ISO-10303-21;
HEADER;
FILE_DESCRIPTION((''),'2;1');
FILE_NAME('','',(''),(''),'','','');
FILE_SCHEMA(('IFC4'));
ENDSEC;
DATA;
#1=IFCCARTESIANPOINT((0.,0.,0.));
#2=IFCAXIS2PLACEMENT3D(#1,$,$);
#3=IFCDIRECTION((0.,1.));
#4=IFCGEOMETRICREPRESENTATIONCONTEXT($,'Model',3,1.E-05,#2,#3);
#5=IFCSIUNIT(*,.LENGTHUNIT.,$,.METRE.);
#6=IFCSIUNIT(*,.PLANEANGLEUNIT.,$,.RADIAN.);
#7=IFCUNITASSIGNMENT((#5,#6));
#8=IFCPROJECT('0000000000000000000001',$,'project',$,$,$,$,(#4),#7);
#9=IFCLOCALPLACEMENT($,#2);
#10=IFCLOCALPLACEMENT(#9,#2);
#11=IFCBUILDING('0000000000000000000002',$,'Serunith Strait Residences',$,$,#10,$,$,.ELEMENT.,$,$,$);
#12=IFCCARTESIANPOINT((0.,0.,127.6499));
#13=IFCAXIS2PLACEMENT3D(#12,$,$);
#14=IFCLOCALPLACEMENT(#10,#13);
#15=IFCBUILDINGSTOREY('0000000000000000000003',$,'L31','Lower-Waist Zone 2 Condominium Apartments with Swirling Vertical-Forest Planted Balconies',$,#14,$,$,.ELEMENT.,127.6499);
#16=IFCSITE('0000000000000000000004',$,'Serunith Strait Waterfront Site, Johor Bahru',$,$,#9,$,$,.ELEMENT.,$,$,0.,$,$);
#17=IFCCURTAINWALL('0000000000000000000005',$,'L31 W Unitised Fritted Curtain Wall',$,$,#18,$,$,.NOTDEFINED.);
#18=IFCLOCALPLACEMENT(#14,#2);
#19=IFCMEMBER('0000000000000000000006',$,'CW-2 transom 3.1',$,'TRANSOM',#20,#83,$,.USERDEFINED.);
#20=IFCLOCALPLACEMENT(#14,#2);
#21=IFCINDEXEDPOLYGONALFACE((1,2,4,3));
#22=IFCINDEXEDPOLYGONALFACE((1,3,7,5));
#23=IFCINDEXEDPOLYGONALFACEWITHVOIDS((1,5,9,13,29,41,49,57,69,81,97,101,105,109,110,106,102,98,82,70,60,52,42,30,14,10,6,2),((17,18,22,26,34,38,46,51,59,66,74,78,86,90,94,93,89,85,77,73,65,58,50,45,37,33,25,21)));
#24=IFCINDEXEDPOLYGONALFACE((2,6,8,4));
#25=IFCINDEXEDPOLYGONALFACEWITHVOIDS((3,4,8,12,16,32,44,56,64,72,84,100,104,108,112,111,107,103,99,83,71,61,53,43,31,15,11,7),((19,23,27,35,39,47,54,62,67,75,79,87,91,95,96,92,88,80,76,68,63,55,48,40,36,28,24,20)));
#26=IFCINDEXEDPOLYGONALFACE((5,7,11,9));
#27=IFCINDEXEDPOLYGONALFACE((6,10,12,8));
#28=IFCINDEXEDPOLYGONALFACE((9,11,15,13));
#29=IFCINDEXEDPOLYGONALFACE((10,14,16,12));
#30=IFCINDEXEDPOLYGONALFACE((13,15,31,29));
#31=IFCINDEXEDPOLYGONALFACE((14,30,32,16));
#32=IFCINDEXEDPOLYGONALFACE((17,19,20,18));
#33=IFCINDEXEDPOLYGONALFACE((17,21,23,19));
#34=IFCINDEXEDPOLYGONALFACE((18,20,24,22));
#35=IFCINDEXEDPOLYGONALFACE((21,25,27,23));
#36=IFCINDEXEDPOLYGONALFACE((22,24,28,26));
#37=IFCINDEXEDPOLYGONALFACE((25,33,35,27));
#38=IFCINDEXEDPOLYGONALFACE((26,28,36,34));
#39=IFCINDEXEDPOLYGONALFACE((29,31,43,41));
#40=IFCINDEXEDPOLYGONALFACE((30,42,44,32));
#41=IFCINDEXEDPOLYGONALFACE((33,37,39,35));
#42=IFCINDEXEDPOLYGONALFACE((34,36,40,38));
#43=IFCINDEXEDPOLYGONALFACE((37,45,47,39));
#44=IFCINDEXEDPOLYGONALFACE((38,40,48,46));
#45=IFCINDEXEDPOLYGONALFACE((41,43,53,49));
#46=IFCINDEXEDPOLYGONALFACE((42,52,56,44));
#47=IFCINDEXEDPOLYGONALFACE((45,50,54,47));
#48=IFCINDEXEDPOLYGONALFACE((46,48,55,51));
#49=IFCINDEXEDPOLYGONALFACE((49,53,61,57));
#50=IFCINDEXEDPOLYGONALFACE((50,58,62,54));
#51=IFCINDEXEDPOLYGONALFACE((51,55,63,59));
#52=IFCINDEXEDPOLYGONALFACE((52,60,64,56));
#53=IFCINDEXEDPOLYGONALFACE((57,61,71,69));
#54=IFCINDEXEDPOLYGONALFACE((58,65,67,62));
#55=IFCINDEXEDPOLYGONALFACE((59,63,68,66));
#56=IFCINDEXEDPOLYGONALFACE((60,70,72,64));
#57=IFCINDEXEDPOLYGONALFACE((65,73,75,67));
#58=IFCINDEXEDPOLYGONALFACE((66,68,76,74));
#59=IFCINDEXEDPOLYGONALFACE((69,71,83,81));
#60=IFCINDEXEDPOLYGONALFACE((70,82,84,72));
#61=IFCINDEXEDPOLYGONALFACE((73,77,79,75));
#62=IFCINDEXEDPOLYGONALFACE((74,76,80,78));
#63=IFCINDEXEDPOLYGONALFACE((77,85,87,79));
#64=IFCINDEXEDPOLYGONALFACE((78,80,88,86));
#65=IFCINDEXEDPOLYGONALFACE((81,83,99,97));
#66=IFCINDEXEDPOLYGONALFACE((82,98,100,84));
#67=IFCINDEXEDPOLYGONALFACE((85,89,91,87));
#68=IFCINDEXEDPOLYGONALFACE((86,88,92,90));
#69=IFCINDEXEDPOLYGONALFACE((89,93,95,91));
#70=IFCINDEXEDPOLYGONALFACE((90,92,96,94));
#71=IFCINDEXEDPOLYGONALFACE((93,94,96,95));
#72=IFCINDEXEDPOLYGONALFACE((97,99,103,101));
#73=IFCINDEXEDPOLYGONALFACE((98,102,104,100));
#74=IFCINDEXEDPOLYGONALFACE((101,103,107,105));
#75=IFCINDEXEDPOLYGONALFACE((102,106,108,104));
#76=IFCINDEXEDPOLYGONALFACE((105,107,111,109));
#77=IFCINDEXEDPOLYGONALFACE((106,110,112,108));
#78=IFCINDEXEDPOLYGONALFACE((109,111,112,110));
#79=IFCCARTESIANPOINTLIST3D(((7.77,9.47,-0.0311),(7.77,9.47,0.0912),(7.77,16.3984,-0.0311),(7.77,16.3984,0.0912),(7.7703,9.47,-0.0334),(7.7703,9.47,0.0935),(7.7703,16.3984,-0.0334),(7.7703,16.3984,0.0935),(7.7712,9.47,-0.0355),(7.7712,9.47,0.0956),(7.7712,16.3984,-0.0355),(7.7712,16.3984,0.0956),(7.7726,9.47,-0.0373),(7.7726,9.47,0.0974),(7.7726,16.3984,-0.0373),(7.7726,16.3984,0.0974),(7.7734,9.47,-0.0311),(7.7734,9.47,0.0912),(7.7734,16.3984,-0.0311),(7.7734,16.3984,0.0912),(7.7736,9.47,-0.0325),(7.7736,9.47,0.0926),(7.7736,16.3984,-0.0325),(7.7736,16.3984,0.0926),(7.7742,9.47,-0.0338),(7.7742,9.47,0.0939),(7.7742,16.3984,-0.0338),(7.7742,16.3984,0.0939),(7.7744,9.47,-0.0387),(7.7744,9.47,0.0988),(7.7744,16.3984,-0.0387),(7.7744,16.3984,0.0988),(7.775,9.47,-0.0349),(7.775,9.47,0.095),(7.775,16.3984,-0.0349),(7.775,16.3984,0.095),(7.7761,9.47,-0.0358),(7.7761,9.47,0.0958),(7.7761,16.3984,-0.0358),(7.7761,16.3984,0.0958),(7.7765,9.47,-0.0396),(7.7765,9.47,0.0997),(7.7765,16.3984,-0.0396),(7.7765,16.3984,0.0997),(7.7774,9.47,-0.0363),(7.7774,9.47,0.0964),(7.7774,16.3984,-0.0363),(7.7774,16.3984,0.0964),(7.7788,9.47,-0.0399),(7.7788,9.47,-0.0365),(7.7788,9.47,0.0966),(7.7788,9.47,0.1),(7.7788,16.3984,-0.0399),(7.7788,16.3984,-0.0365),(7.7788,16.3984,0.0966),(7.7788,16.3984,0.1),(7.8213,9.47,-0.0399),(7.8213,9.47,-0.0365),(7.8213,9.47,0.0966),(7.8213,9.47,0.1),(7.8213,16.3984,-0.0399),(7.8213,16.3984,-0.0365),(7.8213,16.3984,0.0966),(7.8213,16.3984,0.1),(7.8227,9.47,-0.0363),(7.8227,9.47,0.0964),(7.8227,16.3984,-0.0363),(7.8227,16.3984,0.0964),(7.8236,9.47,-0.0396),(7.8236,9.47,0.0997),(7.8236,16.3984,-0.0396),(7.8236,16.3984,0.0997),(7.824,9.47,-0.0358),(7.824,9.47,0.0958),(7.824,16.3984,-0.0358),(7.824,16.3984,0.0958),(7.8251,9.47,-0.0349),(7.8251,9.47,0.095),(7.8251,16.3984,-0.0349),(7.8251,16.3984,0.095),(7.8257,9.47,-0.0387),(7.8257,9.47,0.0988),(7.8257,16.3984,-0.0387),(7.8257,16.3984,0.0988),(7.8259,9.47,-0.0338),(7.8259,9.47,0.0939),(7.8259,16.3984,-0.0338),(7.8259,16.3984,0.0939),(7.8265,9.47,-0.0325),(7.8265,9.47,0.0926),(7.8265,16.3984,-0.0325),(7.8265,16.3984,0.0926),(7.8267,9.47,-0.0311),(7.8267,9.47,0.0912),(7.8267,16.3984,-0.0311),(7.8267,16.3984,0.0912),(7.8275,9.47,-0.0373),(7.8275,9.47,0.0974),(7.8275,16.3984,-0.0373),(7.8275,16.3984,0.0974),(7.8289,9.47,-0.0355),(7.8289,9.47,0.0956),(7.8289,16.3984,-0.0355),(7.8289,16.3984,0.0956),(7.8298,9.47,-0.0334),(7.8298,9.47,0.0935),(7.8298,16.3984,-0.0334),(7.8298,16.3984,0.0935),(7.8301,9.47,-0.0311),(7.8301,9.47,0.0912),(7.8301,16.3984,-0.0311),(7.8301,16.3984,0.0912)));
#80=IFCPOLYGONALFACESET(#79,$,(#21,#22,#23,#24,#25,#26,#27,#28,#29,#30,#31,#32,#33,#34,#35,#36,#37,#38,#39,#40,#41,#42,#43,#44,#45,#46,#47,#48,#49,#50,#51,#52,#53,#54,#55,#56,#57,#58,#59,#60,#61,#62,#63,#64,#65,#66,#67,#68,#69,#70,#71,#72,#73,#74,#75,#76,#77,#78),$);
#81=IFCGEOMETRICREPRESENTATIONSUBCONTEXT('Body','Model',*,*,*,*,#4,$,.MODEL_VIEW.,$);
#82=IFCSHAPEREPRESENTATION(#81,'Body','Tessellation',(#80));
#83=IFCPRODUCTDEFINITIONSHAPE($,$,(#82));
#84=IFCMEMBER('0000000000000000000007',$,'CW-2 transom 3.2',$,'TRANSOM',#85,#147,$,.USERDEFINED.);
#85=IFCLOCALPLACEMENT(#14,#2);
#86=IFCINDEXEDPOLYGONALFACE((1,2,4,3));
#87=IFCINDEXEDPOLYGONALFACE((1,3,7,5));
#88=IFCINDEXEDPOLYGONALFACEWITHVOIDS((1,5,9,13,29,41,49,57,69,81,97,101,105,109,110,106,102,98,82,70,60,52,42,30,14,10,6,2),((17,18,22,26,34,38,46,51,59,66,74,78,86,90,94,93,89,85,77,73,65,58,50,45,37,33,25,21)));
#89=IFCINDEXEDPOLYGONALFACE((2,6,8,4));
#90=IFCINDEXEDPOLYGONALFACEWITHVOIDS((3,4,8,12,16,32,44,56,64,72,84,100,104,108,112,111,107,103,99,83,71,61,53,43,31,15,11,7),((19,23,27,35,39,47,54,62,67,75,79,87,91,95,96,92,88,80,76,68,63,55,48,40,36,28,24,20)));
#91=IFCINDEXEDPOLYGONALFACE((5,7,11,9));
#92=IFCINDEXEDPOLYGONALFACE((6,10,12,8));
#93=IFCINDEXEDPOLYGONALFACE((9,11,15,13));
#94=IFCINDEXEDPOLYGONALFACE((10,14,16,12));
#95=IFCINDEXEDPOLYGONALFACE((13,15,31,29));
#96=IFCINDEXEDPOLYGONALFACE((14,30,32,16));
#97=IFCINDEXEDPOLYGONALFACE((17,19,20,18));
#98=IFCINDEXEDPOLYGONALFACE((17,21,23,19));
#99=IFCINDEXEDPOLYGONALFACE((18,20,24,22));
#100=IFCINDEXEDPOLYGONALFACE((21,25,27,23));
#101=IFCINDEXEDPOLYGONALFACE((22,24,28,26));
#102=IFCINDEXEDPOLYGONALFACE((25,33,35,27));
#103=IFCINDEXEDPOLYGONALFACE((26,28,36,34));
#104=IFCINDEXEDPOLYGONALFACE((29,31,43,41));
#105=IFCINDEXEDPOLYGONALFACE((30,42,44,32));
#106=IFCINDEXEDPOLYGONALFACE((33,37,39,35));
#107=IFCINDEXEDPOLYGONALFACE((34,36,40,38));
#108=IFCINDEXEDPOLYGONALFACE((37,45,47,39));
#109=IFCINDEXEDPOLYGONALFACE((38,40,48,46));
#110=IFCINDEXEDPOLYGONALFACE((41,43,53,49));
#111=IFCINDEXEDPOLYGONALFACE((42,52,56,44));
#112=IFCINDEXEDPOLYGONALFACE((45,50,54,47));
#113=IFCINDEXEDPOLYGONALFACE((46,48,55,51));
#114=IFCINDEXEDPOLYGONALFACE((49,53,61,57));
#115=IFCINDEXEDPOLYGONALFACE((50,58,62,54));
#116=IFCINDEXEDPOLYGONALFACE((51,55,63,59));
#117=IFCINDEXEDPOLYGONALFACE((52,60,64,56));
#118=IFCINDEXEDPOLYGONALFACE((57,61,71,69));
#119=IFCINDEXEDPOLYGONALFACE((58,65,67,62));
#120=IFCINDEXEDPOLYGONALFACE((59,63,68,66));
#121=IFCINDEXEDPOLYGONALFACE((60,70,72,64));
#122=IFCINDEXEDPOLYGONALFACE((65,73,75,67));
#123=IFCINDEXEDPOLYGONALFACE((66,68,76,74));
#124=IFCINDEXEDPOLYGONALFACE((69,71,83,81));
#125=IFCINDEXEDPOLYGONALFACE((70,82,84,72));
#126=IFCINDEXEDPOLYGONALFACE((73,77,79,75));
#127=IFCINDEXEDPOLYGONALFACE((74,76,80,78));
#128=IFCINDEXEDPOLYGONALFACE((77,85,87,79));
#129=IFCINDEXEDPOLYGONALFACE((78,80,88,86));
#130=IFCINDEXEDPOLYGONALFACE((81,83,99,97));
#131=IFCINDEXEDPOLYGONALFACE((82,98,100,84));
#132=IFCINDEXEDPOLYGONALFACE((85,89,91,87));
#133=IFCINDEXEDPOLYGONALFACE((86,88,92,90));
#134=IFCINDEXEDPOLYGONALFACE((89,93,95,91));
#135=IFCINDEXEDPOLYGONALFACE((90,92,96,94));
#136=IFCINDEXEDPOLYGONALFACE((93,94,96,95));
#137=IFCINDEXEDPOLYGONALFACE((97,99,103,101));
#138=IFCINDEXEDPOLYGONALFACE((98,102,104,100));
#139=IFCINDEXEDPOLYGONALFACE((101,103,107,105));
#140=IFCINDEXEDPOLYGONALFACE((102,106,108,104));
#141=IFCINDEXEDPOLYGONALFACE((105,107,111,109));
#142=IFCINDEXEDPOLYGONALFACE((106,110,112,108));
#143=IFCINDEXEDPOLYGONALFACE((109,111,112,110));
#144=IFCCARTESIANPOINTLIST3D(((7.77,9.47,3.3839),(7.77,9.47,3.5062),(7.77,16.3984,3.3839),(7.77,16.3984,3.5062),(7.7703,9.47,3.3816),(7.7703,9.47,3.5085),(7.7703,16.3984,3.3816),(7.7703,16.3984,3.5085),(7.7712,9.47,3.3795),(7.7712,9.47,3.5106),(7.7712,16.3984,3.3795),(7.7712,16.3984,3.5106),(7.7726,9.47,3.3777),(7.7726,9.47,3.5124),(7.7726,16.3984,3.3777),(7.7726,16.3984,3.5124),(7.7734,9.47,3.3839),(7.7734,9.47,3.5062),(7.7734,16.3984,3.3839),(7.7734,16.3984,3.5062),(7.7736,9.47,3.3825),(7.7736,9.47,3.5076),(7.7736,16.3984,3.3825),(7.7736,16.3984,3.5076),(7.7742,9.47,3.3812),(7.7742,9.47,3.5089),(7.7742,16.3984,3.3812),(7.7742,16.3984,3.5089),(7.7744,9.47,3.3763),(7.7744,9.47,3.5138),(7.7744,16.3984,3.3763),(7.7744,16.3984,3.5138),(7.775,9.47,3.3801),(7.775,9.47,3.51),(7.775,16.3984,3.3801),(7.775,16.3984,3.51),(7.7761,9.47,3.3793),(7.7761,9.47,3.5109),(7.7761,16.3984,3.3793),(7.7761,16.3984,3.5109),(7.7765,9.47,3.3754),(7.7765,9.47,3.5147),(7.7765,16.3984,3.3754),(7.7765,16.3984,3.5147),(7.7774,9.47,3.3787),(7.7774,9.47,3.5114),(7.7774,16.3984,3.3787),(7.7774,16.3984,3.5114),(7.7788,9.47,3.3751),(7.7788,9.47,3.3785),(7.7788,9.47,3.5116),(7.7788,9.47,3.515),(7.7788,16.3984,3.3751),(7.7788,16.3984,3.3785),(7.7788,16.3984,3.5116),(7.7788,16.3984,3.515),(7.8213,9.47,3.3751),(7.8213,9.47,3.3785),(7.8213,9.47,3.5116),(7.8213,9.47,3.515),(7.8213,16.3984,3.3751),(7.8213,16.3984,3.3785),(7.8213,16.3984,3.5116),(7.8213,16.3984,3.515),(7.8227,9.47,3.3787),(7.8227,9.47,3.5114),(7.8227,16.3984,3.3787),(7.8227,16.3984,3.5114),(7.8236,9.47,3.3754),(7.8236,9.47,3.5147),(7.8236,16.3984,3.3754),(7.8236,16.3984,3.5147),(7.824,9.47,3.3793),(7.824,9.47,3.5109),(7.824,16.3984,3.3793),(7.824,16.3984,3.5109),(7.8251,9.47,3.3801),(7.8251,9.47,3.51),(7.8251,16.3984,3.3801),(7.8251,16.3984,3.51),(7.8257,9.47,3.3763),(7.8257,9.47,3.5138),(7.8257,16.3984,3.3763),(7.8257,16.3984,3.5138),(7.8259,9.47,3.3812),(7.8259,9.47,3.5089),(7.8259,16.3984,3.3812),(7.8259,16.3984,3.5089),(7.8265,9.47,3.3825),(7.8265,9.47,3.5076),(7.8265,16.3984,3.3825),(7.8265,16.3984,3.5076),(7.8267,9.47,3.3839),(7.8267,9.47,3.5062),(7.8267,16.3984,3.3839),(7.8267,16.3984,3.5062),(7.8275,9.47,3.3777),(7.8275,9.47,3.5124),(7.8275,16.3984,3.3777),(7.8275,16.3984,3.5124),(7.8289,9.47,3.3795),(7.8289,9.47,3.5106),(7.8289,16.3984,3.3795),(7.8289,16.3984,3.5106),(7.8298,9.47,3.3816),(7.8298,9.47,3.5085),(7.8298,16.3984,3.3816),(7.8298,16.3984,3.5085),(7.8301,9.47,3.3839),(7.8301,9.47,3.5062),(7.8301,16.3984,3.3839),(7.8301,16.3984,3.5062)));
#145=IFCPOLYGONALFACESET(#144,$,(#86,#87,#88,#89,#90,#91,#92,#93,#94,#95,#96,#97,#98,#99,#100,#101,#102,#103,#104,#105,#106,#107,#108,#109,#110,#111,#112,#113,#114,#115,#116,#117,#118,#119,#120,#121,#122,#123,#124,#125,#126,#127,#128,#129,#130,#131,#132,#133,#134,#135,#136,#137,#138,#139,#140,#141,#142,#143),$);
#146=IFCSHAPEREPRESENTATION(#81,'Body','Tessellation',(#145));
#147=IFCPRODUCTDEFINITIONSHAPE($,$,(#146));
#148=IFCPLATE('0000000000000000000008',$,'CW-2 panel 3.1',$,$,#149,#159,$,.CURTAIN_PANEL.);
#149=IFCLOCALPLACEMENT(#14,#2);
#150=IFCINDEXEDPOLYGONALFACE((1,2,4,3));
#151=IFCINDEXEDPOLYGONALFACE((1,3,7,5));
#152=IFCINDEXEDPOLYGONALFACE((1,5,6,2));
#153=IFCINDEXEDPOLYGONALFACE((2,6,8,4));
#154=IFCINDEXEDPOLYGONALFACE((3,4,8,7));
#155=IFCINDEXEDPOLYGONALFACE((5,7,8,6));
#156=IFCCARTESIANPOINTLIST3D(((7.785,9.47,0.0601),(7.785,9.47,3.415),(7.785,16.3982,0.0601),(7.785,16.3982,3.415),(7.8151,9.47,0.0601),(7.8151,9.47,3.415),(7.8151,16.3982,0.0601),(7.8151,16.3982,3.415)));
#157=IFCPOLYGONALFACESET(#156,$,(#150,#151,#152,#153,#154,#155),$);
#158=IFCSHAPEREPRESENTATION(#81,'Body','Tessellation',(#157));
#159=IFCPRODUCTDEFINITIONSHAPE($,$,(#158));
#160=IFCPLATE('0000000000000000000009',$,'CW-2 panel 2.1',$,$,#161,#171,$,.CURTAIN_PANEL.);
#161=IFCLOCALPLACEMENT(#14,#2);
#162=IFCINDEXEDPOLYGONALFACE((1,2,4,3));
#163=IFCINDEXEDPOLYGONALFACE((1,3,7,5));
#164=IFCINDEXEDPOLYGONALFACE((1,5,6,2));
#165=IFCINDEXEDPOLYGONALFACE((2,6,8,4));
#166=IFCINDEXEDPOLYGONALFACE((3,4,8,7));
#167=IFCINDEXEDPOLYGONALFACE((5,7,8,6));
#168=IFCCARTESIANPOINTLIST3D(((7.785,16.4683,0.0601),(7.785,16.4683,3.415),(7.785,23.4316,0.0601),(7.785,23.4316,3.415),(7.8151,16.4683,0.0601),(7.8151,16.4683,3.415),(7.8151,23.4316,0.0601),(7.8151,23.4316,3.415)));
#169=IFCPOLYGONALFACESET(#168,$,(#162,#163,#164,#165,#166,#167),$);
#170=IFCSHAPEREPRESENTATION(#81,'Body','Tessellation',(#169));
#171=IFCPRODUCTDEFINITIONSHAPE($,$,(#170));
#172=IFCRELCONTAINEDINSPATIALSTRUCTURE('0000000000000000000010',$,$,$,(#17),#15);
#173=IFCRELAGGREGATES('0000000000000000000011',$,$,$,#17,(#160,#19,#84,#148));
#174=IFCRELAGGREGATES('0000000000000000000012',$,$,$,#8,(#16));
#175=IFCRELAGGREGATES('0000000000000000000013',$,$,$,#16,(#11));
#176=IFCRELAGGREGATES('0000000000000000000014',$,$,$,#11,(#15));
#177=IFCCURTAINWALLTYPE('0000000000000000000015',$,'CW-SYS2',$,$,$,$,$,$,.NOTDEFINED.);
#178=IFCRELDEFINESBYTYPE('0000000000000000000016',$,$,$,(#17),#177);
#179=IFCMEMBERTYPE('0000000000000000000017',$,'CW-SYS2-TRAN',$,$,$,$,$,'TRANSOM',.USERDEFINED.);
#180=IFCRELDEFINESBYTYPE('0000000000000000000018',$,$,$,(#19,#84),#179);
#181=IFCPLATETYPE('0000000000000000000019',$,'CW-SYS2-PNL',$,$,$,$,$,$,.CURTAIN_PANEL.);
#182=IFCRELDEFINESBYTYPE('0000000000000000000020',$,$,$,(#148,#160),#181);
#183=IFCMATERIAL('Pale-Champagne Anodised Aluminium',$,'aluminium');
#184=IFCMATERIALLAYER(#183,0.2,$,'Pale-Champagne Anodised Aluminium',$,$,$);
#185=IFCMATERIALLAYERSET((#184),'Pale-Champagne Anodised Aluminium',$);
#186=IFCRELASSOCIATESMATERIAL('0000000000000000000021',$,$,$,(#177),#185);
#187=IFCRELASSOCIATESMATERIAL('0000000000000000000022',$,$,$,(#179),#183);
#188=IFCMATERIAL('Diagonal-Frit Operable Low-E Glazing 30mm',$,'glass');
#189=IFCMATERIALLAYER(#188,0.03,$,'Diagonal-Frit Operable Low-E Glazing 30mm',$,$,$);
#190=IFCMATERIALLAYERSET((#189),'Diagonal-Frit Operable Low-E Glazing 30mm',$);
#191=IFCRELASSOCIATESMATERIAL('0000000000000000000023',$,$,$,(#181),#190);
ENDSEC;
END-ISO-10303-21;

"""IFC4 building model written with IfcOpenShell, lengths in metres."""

from ifc_helpers import new_model, si_unit, direction, frame, origin, origin_2d, place, context, subcontext, project, spatial, rectangle, hollow_rectangle, extrude, source, transform, mapped, material, layer, layer_set, material_profile, profile_set, type_object, element, aggregate, save


model = new_model("IFC4")

# Units and contexts
model_context = context("Model", 3, precision=1e-05, world=origin(), true_north=direction((0.0, 1.0)))
body_context = subcontext(model_context, "Body", "Model", "MODEL_VIEW")
ifc_project = project(units=[si_unit("LENGTHUNIT", "METRE"), si_unit("PLANEANGLEUNIT", "RADIAN")], contexts=[model_context])

# Site, building, storey
site_placement = place(None, origin())
site = spatial("IfcSite", under=ifc_project, at=site_placement, Name="Serunith Strait Waterfront Site, Johor Bahru", CompositionType="ELEMENT", RefElevation=0.0)
building_placement = place(site_placement, origin())
building = spatial("IfcBuilding", under=site, at=building_placement, Name="Serunith Strait Residences", CompositionType="ELEMENT")
storey_placement = place(building_placement, frame((0.0, 0.0, 127.6499)))
storey = spatial("IfcBuildingStorey", under=building, at=storey_placement, Name="L31", Description="Lower-Waist Zone 2 Condominium Apartments with Swirling Vertical-Forest Planted Balconies", CompositionType="ELEMENT", Elevation=127.6499)

# Curtain wall, members, plates
ifc_material_1 = material(Name="Pale-Champagne Anodised Aluminium", Category="aluminium")
ifc_layer_1 = layer(ifc_material_1, 0.2, Name="Pale-Champagne Anodised Aluminium")
ifc_layer_set_1 = layer_set([ifc_layer_1], Name="Pale-Champagne Anodised Aluminium")
curtain_wall_type = type_object("IfcCurtainWallType", Name="CW-SYS2", PredefinedType="NOTDEFINED", material=ifc_layer_set_1)
curtain_wall_placement = place(storey_placement, origin())
curtain_wall = element("IfcCurtainWall", 1, at=curtain_wall_placement, inside=storey, type_object=curtain_wall_type, Name="L31 W Unitised Fritted Curtain Wall", PredefinedType="NOTDEFINED")
ifc_material_profile_1 = material_profile(ifc_material_1, hollow_rectangle(XDim=0.0601, YDim=0.1399, WallThickness=0.0034, InnerFilletRadius=0.0054, OuterFilletRadius=0.0088, at=origin_2d()), Name="ALU 140x60x3.5")
ifc_profile_set_1 = profile_set([ifc_material_profile_1], Name="Pale-Champagne Anodised Aluminium")
member_type_1 = type_object("IfcMemberType", Name="CW-SYS2-TRAN", ElementType="TRANSOM", PredefinedType="USERDEFINED", material=ifc_profile_set_1)
shared_shape_1 = source(origin(), body_context, "Body", "SweptSolid", [
    extrude(hollow_rectangle(XDim=0.0601, YDim=0.1399, WallThickness=0.0034, InnerFilletRadius=0.0054, OuterFilletRadius=0.0088, at=origin_2d()), origin(), (0.0, 0.0, 1.0), 6.9285),
])
member_1_placement = place(storey_placement, frame((7.8, 16.3984, 0.03), z_axis=(0.0, -1.0, 0.0), x_axis=(1.0, 0.0, 0.0)))
member_1 = element("IfcMember", 2, at=member_1_placement, type_object=member_type_1, Name="CW-2 transom 3.1", ObjectType="TRANSOM", PredefinedType="USERDEFINED", context=body_context, shape_type="MappedRepresentation", body=[
    mapped(shared_shape_1, transform((0.0, 0.0, 0.0), scale=1.0)),
])
member_2_placement = place(storey_placement, frame((7.8, 16.3984, 3.4451), z_axis=(0.0, -1.0, 0.0), x_axis=(1.0, 0.0, 0.0)))
member_2 = element("IfcMember", 3, at=member_2_placement, type_object=member_type_1, Name="CW-2 transom 3.2", ObjectType="TRANSOM", PredefinedType="USERDEFINED", context=body_context, shape_type="MappedRepresentation", body=[
    mapped(shared_shape_1, transform((0.0, 0.0, 0.0), scale=1.0)),
])
ifc_material_2 = material(Name="Diagonal-Frit Operable Low-E Glazing 30mm", Category="glass")
ifc_layer_2 = layer(ifc_material_2, 0.03, Name="Diagonal-Frit Operable Low-E Glazing 30mm")
ifc_layer_set_2 = layer_set([ifc_layer_2], Name="Diagonal-Frit Operable Low-E Glazing 30mm")
plate_type = type_object("IfcPlateType", Name="CW-SYS2-PNL", PredefinedType="CURTAIN_PANEL", material=ifc_layer_set_2)
shared_shape_2 = source(origin(), body_context, "Body", "SweptSolid", [
    extrude(rectangle(XDim=6.9282, YDim=0.03, at=origin_2d()), origin(), (0.0, 0.0, 1.0), 3.355),
])
plate_1_placement = place(storey_placement, frame((7.8, 12.9341, 0.0601), z_axis=(0.0, 0.0, 1.0), x_axis=(0.0, -1.0, 0.0)))
plate_1 = element("IfcPlate", 4, at=plate_1_placement, type_object=plate_type, Name="CW-2 panel 3.1", PredefinedType="CURTAIN_PANEL", context=body_context, shape_type="MappedRepresentation", body=[
    mapped(shared_shape_2, transform((0.0, 0.0, 0.0), scale=1.0)),
])
shared_shape_3 = source(origin(), body_context, "Body", "SweptSolid", [
    extrude(rectangle(XDim=6.9634, YDim=0.03, at=origin_2d()), origin(), (0.0, 0.0, 1.0), 3.355),
])
plate_2_placement = place(storey_placement, frame((7.8, 19.95, 0.0601), z_axis=(0.0, 0.0, 1.0), x_axis=(0.0, -1.0, 0.0)))
plate_2 = element("IfcPlate", 5, at=plate_2_placement, type_object=plate_type, Name="CW-2 panel 2.1", PredefinedType="CURTAIN_PANEL", context=body_context, shape_type="MappedRepresentation", body=[
    mapped(shared_shape_3, transform((0.0, 0.0, 0.0), scale=1.0)),
])
aggregate(curtain_wall, [plate_2, member_1, member_2, plate_1])

save(model, "model.ifc")
